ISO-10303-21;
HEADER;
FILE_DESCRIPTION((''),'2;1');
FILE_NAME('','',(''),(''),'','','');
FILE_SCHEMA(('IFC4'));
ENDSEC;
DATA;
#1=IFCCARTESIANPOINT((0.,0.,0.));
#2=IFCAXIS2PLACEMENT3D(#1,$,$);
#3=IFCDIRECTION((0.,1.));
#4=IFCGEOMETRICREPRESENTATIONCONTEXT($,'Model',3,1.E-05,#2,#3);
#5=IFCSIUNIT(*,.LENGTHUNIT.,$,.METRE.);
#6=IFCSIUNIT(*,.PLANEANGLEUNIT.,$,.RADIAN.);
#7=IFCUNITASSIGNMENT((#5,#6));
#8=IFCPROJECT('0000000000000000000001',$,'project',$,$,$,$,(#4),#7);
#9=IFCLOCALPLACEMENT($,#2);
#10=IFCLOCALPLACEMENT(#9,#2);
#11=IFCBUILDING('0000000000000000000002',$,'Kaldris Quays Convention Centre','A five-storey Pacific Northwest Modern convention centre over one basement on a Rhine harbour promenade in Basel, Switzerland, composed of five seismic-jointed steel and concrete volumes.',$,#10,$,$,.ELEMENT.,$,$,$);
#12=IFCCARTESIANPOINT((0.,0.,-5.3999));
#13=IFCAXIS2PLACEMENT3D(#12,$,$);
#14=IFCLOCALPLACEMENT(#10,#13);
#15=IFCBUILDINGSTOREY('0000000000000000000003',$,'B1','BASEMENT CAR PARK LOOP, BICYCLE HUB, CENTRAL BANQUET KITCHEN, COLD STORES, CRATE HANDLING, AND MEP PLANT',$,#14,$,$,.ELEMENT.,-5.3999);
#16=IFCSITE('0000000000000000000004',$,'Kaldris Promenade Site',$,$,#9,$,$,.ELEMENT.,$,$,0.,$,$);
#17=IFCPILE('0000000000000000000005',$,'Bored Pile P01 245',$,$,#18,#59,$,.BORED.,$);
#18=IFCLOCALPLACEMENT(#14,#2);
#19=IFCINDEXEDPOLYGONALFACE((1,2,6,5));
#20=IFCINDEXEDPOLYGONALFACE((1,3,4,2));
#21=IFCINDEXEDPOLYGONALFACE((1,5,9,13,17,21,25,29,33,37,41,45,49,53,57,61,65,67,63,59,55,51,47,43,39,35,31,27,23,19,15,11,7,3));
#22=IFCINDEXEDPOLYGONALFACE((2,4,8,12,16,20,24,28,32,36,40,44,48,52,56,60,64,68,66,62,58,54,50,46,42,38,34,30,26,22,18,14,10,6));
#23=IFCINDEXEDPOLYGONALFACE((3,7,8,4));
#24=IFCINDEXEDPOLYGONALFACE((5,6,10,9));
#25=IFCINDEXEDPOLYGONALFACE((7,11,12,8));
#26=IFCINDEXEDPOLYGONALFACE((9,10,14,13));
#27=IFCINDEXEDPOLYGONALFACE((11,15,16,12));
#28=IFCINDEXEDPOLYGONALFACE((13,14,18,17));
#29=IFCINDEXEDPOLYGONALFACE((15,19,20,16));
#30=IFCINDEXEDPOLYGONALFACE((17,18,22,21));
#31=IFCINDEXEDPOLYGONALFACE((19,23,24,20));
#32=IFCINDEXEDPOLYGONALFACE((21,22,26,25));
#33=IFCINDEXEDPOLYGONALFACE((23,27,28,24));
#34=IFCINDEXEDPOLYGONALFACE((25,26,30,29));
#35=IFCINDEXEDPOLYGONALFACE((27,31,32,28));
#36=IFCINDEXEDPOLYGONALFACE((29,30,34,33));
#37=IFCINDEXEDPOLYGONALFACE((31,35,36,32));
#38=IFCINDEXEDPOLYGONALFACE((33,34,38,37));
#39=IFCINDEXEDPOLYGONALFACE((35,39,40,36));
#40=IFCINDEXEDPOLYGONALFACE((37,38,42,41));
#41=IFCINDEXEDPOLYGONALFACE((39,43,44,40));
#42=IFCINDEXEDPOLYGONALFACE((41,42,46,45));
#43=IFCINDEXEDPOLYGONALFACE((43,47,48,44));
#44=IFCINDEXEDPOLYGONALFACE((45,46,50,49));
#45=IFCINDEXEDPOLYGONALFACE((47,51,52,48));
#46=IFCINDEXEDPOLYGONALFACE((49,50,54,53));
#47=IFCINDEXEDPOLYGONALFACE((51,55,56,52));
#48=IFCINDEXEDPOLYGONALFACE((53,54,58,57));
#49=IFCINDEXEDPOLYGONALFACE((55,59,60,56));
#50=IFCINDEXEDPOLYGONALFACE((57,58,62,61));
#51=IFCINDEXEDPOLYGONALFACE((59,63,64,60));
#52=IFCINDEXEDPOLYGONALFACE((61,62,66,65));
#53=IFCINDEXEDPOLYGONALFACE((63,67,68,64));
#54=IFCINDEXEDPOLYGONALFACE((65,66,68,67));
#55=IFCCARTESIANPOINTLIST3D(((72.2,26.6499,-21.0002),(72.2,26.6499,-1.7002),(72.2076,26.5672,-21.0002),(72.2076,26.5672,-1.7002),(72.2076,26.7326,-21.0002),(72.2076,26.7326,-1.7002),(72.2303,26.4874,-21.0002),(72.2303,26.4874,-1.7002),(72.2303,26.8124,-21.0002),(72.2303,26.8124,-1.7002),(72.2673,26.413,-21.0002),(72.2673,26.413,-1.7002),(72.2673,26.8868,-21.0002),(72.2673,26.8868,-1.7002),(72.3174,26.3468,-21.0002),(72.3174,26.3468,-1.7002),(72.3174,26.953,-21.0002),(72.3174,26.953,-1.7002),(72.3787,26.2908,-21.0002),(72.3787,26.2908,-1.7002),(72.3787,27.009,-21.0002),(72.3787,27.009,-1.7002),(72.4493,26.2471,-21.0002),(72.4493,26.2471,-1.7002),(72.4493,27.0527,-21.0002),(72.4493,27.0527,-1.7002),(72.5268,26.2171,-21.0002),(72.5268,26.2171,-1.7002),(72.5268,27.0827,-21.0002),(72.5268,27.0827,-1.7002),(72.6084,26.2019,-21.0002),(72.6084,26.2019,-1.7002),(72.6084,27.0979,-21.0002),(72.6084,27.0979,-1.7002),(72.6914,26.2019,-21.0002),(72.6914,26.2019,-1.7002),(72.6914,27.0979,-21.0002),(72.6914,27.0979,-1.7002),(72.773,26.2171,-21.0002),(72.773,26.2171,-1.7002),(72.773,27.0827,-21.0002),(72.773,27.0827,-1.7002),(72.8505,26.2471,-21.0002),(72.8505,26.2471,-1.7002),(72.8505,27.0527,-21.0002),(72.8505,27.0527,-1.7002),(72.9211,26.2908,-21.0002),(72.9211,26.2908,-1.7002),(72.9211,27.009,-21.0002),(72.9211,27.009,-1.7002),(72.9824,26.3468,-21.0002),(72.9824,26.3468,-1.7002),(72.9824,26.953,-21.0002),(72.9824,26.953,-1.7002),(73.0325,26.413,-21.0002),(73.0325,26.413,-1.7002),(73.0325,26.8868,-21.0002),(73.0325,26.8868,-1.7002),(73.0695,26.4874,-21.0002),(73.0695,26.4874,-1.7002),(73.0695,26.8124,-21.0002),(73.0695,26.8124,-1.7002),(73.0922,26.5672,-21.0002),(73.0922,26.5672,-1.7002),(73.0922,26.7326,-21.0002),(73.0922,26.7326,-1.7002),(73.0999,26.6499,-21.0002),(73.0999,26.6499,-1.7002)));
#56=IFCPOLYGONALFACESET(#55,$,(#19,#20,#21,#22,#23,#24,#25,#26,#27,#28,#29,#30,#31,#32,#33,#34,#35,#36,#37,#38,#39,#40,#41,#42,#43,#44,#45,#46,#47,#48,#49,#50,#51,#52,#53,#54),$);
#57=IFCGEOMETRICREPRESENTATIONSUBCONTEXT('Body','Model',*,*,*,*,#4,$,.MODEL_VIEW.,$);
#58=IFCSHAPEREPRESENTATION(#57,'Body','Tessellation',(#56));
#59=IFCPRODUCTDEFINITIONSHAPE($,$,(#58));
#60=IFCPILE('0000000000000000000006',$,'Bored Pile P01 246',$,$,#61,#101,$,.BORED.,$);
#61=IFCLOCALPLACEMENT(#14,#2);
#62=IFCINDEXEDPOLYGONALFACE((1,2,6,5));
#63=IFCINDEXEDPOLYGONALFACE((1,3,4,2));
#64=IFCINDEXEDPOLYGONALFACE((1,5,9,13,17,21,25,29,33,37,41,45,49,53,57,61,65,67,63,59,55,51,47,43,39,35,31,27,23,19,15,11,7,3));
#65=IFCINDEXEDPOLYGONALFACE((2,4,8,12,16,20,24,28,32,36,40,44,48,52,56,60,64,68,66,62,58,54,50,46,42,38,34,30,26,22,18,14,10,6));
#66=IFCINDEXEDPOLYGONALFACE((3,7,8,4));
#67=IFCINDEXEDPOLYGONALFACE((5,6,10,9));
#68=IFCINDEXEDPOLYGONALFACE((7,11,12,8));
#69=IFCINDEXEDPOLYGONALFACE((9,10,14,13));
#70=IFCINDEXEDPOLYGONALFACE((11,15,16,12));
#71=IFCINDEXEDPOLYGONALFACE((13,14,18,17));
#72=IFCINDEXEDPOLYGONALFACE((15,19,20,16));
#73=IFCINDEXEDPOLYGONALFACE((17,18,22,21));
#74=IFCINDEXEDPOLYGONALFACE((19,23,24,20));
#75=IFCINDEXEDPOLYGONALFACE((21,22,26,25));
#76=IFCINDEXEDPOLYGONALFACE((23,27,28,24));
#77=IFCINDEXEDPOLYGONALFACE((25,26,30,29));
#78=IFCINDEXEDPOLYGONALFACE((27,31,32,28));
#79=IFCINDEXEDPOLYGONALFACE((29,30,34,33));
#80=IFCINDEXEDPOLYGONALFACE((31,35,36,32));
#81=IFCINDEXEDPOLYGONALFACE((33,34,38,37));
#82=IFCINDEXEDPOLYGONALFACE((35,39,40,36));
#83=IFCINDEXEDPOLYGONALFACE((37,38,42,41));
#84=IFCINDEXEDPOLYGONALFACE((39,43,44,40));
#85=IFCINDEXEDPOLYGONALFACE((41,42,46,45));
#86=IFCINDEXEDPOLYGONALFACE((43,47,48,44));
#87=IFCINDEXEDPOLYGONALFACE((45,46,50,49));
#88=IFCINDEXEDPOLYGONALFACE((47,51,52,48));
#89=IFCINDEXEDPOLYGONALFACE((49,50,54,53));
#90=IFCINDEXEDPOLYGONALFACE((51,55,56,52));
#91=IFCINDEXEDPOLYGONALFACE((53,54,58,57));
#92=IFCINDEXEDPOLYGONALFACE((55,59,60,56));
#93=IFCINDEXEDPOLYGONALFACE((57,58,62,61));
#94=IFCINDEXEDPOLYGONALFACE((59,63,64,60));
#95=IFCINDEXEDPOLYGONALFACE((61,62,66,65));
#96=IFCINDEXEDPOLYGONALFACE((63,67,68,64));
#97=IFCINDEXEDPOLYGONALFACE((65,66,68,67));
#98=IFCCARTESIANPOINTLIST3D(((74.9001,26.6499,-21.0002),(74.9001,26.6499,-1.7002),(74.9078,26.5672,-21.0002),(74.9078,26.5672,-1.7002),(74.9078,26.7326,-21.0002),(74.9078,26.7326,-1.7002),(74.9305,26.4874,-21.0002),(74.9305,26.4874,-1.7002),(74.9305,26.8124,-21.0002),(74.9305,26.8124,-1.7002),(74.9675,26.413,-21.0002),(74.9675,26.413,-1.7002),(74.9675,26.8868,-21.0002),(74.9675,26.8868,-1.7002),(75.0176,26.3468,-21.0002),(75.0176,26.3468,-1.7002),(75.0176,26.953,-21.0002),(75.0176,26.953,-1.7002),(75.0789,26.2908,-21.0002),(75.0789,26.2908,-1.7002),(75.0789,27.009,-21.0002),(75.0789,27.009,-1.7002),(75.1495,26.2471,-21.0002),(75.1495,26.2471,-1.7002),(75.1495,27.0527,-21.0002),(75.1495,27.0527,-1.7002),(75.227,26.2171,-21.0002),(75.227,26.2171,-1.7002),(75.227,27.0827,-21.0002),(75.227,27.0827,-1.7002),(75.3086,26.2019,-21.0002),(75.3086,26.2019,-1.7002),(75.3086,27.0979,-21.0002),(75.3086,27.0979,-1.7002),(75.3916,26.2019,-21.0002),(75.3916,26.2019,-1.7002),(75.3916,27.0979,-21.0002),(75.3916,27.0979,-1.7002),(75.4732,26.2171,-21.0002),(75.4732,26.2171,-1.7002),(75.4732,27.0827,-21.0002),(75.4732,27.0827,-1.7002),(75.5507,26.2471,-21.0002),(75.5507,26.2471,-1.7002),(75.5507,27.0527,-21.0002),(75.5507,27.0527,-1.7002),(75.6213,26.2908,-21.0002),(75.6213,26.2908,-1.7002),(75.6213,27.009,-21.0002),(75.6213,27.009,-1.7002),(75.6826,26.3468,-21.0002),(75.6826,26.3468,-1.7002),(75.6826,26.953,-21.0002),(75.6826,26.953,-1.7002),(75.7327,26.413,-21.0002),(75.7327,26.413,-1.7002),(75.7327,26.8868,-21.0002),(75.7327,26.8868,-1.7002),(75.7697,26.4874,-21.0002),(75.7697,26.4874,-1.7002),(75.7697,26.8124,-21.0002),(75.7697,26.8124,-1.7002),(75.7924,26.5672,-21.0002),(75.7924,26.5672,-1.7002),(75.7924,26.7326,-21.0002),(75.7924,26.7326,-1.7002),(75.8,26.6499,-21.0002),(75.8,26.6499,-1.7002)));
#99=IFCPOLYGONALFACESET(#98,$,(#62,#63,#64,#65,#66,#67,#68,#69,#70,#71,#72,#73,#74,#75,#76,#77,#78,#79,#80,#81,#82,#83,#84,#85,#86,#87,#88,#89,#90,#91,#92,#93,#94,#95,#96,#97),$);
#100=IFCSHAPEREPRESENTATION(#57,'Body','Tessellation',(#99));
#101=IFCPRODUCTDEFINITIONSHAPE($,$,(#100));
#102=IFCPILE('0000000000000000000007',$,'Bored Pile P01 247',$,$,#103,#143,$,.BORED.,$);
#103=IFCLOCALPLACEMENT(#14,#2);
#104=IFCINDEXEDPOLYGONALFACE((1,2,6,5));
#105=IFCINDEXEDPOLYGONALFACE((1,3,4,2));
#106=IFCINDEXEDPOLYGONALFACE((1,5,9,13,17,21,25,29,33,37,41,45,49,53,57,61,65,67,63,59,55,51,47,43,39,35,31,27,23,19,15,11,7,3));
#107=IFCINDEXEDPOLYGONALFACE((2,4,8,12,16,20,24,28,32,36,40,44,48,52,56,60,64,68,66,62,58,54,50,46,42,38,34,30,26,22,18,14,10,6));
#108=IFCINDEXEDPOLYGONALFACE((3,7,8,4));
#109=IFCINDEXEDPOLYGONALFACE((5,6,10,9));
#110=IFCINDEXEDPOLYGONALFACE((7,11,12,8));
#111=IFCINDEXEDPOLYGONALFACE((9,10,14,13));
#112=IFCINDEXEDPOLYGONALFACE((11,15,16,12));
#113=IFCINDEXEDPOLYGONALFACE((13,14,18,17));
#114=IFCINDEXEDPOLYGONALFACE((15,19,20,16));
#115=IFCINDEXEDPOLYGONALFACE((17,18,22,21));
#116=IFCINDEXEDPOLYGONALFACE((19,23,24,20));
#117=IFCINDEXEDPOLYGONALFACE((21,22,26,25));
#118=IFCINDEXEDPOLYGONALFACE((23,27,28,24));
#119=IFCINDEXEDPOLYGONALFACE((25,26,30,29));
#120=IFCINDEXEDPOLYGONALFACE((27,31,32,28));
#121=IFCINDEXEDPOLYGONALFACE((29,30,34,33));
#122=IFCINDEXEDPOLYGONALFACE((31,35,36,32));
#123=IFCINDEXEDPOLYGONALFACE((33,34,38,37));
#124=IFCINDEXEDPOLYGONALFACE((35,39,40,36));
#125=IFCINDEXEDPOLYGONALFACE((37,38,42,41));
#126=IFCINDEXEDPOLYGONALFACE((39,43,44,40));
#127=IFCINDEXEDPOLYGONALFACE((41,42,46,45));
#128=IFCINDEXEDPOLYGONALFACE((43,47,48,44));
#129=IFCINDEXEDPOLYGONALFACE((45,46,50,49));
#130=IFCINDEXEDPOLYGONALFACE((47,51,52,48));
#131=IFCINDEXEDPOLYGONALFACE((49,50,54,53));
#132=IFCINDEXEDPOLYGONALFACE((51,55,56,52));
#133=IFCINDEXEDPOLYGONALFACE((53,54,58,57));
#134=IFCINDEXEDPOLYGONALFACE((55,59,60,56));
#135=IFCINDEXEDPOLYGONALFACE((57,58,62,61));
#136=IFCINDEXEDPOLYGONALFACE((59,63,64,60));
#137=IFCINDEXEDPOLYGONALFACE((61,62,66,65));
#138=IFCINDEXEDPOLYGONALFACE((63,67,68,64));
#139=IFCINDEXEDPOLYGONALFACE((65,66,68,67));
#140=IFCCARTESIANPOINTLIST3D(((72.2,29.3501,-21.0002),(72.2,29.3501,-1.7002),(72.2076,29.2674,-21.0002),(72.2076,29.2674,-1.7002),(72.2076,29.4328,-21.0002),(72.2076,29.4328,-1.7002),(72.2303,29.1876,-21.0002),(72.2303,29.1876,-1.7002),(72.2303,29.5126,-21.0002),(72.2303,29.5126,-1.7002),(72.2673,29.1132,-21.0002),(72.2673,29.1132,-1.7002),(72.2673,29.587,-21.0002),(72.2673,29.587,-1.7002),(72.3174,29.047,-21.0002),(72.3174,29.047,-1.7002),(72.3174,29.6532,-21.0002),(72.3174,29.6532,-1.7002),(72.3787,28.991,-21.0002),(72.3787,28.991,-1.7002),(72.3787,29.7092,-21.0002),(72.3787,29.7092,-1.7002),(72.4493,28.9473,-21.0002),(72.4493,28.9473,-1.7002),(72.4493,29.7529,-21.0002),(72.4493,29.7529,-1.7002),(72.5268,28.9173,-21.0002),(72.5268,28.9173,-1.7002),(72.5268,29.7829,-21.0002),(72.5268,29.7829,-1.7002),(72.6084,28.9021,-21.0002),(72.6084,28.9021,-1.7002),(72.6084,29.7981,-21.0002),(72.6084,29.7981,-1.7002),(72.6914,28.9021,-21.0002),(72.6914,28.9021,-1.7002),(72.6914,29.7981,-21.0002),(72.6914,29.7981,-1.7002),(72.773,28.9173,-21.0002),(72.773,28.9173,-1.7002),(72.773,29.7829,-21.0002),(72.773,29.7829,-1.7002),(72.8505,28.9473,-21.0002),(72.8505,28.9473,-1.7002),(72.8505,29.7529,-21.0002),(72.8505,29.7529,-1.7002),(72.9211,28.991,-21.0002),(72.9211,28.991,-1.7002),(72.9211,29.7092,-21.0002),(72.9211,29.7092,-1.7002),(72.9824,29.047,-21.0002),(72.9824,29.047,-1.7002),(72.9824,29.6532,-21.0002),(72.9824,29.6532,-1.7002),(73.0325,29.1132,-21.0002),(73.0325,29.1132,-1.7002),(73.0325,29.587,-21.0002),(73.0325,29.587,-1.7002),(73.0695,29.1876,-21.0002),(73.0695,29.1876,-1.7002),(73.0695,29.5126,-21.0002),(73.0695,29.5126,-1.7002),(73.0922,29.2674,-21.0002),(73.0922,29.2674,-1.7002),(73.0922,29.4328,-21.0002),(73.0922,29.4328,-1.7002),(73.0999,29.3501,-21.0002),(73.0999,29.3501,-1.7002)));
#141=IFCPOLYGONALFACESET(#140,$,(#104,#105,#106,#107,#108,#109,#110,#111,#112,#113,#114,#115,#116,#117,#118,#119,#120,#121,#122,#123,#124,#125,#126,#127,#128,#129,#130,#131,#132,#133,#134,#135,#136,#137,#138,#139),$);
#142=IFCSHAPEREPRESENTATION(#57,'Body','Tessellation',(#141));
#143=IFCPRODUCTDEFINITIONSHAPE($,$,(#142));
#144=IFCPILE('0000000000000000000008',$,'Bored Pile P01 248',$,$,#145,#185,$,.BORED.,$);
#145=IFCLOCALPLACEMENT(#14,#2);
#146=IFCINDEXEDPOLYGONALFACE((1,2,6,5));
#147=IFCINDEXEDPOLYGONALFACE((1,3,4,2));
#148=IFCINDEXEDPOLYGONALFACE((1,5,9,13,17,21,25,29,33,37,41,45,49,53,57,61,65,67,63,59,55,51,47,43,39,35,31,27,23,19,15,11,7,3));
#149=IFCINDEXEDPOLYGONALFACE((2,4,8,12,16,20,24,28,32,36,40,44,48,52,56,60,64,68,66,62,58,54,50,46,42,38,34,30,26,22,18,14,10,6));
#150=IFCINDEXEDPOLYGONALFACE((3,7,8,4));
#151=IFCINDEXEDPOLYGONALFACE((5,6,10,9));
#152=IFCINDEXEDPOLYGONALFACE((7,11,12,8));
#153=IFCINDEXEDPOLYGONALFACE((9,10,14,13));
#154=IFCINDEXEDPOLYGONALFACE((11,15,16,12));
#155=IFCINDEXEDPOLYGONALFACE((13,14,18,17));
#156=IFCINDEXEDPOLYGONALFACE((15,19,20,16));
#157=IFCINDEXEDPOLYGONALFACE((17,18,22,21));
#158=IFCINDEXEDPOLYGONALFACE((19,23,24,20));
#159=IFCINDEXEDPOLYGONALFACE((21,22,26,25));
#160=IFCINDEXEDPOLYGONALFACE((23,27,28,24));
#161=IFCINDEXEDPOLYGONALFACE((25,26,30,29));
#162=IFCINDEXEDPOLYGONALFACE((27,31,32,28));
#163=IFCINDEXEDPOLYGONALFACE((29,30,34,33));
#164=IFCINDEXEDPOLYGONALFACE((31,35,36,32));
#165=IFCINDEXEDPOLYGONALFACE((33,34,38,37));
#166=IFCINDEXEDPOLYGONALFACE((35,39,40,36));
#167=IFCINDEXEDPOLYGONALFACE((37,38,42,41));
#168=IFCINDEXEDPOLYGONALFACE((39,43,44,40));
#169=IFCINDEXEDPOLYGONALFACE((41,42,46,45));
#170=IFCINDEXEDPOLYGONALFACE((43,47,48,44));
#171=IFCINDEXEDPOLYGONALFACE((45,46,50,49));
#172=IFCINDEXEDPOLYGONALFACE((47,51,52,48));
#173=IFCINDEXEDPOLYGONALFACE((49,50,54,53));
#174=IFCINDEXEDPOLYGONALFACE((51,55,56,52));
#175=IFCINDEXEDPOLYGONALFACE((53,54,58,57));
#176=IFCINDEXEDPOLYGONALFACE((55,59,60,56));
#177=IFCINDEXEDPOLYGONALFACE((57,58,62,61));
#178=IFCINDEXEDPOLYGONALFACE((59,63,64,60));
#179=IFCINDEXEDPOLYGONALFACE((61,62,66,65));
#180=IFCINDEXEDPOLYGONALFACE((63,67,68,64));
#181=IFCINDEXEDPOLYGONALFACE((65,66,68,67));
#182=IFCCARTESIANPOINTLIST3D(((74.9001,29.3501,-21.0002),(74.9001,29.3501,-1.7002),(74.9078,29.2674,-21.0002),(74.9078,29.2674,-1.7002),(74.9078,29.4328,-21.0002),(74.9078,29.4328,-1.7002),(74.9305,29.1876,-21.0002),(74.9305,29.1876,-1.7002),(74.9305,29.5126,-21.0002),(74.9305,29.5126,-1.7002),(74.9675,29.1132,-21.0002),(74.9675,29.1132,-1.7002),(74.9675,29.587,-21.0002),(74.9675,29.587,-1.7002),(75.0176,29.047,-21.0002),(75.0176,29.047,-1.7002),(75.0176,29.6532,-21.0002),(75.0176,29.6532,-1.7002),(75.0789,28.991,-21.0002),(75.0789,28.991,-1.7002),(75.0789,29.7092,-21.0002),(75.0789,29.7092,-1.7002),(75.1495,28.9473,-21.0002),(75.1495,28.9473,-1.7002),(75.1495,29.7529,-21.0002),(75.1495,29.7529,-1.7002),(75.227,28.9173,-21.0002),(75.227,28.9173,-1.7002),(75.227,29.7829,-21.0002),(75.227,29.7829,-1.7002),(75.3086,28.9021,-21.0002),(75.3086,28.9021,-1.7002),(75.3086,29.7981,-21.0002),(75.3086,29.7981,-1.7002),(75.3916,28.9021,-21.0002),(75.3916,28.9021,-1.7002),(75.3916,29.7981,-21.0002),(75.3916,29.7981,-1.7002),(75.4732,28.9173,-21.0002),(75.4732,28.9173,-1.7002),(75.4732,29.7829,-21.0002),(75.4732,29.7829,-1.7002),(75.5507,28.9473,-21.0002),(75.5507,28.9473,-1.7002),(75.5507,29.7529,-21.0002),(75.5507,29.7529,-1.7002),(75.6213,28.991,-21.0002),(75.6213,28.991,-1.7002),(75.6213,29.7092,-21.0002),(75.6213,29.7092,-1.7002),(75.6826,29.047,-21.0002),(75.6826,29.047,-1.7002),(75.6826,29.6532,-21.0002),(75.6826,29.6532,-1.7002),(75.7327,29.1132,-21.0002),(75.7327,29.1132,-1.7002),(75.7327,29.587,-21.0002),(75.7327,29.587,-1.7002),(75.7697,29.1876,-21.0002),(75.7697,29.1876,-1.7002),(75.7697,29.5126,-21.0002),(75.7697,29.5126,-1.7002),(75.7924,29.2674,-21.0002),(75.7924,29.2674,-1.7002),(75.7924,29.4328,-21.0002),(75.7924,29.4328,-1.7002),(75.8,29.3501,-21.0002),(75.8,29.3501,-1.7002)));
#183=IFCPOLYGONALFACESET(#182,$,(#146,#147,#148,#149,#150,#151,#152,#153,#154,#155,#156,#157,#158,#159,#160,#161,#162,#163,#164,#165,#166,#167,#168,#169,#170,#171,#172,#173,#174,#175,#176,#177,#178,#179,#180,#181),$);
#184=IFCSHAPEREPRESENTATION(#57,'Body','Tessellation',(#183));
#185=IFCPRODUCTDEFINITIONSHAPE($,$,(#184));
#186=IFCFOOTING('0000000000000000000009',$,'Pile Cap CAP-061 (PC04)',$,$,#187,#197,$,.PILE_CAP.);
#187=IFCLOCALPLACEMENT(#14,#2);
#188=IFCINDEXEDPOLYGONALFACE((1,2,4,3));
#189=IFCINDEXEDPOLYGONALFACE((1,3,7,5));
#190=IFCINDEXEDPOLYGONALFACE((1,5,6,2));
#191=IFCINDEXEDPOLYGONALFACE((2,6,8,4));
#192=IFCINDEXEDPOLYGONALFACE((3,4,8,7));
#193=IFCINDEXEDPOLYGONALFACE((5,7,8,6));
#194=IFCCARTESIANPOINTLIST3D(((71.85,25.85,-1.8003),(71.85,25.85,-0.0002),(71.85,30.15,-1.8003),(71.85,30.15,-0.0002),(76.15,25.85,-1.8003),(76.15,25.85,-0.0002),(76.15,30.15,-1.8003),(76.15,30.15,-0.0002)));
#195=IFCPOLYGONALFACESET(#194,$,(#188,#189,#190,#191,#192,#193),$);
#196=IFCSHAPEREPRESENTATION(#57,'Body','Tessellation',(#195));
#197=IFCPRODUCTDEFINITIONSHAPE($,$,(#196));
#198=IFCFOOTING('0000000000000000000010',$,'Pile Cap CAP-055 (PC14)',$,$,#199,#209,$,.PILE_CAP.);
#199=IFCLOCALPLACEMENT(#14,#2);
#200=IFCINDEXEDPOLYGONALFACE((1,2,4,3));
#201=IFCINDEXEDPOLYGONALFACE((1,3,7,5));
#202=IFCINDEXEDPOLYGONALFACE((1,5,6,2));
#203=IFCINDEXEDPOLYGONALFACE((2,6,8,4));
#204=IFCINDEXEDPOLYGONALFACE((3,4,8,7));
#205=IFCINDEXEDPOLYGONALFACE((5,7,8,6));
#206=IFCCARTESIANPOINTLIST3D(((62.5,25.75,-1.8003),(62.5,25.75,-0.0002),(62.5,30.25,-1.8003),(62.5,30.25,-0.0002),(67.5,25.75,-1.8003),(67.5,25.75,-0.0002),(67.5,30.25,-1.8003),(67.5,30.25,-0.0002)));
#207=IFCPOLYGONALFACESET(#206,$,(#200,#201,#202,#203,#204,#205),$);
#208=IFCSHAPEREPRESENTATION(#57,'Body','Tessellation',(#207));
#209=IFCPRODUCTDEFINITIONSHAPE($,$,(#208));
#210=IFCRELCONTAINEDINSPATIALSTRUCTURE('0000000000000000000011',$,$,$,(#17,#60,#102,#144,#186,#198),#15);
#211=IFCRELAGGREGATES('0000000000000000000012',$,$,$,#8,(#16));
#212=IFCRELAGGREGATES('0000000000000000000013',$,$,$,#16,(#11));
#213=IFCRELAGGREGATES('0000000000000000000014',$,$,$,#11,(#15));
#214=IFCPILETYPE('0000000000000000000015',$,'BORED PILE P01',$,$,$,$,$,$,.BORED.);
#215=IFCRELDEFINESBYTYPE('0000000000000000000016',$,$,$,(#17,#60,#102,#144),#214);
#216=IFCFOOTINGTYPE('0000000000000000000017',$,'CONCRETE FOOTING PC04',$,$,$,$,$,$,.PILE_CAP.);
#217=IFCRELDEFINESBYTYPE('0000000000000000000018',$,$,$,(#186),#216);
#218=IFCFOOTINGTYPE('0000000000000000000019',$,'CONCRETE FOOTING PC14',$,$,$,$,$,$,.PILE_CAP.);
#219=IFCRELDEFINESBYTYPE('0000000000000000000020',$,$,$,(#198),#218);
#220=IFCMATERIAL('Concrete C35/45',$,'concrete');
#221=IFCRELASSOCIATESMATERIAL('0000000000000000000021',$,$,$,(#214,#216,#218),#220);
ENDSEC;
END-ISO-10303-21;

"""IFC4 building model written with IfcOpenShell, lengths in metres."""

from ifc_helpers import new_model, si_unit, direction, frame, origin, origin_2d, place, context, subcontext, project, spatial, rectangle, circle, extrude, material, material_profile, profile_set, type_object, element, save


model = new_model("IFC4")

# Units and contexts
model_context = context("Model", 3, precision=1e-05, world=origin(), true_north=direction((0.0, 1.0)))
body_context = subcontext(model_context, "Body", "Model", "MODEL_VIEW")
ifc_project = project(units=[si_unit("LENGTHUNIT", "METRE"), si_unit("PLANEANGLEUNIT", "RADIAN")], contexts=[model_context])

# Site, building, storey
site_placement = place(None, origin())
site = spatial("IfcSite", under=ifc_project, at=site_placement, Name="Kaldris Promenade Site", CompositionType="ELEMENT", RefElevation=0.0)
building_placement = place(site_placement, origin())
building = spatial("IfcBuilding", under=site, at=building_placement, Name="Kaldris Quays Convention Centre", Description="A five-storey Pacific Northwest Modern convention centre over one basement on a Rhine harbour promenade in Basel, Switzerland, composed of five seismic-jointed steel and concrete volumes.", CompositionType="ELEMENT")
storey_placement = place(building_placement, frame((0.0, 0.0, -5.3999)))
storey = spatial("IfcBuildingStorey", under=building, at=storey_placement, Name="B1", Description="BASEMENT CAR PARK LOOP, BICYCLE HUB, CENTRAL BANQUET KITCHEN, COLD STORES, CRATE HANDLING, AND MEP PLANT", CompositionType="ELEMENT", Elevation=-5.3999)

# Piles
ifc_material_1 = material(Name="Concrete C35/45", Category="concrete")
ifc_material_profile_1 = material_profile(ifc_material_1, circle(Radius=0.45, at=origin_2d()), Name="BORED PILE D900")
ifc_profile_set_1 = profile_set([ifc_material_profile_1], Name="Concrete C35/45")
pile_type = type_object("IfcPileType", Name="BORED PILE P01", PredefinedType="BORED", material=ifc_profile_set_1)
for number, where, z_axis, x_axis, name in (
    (1, (72.6499, 26.6499, -1.7002), (0.0, 0.0, -1.0), (1.0, 0.0, 0.0), "Bored Pile P01 245"),
    (2, (75.3501, 26.6499, -1.7002), (0.0, 0.0, -1.0), (1.0, 0.0, 0.0), "Bored Pile P01 246"),
    (3, (72.6499, 29.3501, -1.7002), (0.0, 0.0, -1.0), (1.0, 0.0, 0.0), "Bored Pile P01 247"),
    (4, (75.3501, 29.3501, -1.7002), (0.0, 0.0, -1.0), (1.0, 0.0, 0.0), "Bored Pile P01 248"),
):
    element("IfcPile", number, at=place(storey_placement, frame(where, z_axis=z_axis, x_axis=x_axis)), inside=storey, type_object=pile_type, Name=name, PredefinedType="BORED", context=body_context, shape_type="SweptSolid", body=[
        extrude(circle(Radius=0.45, at=origin_2d()), origin(), (0.0, 0.0, 1.0), 19.3),
    ])

# Footings
footing_type_1 = type_object("IfcFootingType", Name="CONCRETE FOOTING PC04", PredefinedType="PILE_CAP", material=ifc_material_1)
footing_1_placement = place(storey_placement, frame((74.0, 28.0, -1.8003), z_axis=(0.0, 0.0, 1.0), x_axis=(1.0, 0.0, 0.0)))
element("IfcFooting", 5, at=footing_1_placement, inside=storey, type_object=footing_type_1, Name="Pile Cap CAP-061 (PC04)", PredefinedType="PILE_CAP", context=body_context, shape_type="SweptSolid", body=[
    extrude(rectangle(XDim=4.3, YDim=4.3, at=origin_2d()), origin(), (0.0, 0.0, 1.0), 1.8),
])
footing_type_2 = type_object("IfcFootingType", Name="CONCRETE FOOTING PC14", PredefinedType="PILE_CAP", material=ifc_material_1)
footing_2_placement = place(storey_placement, frame((65.0, 28.0, -1.8003), z_axis=(0.0, 0.0, 1.0), x_axis=(1.0, 0.0, 0.0)))
element("IfcFooting", 6, at=footing_2_placement, inside=storey, type_object=footing_type_2, Name="Pile Cap CAP-055 (PC14)", PredefinedType="PILE_CAP", context=body_context, shape_type="SweptSolid", body=[
    extrude(rectangle(XDim=5.0, YDim=4.5, at=origin_2d()), origin(), (0.0, 0.0, 1.0), 1.8),
])

save(model, "model.ifc")
